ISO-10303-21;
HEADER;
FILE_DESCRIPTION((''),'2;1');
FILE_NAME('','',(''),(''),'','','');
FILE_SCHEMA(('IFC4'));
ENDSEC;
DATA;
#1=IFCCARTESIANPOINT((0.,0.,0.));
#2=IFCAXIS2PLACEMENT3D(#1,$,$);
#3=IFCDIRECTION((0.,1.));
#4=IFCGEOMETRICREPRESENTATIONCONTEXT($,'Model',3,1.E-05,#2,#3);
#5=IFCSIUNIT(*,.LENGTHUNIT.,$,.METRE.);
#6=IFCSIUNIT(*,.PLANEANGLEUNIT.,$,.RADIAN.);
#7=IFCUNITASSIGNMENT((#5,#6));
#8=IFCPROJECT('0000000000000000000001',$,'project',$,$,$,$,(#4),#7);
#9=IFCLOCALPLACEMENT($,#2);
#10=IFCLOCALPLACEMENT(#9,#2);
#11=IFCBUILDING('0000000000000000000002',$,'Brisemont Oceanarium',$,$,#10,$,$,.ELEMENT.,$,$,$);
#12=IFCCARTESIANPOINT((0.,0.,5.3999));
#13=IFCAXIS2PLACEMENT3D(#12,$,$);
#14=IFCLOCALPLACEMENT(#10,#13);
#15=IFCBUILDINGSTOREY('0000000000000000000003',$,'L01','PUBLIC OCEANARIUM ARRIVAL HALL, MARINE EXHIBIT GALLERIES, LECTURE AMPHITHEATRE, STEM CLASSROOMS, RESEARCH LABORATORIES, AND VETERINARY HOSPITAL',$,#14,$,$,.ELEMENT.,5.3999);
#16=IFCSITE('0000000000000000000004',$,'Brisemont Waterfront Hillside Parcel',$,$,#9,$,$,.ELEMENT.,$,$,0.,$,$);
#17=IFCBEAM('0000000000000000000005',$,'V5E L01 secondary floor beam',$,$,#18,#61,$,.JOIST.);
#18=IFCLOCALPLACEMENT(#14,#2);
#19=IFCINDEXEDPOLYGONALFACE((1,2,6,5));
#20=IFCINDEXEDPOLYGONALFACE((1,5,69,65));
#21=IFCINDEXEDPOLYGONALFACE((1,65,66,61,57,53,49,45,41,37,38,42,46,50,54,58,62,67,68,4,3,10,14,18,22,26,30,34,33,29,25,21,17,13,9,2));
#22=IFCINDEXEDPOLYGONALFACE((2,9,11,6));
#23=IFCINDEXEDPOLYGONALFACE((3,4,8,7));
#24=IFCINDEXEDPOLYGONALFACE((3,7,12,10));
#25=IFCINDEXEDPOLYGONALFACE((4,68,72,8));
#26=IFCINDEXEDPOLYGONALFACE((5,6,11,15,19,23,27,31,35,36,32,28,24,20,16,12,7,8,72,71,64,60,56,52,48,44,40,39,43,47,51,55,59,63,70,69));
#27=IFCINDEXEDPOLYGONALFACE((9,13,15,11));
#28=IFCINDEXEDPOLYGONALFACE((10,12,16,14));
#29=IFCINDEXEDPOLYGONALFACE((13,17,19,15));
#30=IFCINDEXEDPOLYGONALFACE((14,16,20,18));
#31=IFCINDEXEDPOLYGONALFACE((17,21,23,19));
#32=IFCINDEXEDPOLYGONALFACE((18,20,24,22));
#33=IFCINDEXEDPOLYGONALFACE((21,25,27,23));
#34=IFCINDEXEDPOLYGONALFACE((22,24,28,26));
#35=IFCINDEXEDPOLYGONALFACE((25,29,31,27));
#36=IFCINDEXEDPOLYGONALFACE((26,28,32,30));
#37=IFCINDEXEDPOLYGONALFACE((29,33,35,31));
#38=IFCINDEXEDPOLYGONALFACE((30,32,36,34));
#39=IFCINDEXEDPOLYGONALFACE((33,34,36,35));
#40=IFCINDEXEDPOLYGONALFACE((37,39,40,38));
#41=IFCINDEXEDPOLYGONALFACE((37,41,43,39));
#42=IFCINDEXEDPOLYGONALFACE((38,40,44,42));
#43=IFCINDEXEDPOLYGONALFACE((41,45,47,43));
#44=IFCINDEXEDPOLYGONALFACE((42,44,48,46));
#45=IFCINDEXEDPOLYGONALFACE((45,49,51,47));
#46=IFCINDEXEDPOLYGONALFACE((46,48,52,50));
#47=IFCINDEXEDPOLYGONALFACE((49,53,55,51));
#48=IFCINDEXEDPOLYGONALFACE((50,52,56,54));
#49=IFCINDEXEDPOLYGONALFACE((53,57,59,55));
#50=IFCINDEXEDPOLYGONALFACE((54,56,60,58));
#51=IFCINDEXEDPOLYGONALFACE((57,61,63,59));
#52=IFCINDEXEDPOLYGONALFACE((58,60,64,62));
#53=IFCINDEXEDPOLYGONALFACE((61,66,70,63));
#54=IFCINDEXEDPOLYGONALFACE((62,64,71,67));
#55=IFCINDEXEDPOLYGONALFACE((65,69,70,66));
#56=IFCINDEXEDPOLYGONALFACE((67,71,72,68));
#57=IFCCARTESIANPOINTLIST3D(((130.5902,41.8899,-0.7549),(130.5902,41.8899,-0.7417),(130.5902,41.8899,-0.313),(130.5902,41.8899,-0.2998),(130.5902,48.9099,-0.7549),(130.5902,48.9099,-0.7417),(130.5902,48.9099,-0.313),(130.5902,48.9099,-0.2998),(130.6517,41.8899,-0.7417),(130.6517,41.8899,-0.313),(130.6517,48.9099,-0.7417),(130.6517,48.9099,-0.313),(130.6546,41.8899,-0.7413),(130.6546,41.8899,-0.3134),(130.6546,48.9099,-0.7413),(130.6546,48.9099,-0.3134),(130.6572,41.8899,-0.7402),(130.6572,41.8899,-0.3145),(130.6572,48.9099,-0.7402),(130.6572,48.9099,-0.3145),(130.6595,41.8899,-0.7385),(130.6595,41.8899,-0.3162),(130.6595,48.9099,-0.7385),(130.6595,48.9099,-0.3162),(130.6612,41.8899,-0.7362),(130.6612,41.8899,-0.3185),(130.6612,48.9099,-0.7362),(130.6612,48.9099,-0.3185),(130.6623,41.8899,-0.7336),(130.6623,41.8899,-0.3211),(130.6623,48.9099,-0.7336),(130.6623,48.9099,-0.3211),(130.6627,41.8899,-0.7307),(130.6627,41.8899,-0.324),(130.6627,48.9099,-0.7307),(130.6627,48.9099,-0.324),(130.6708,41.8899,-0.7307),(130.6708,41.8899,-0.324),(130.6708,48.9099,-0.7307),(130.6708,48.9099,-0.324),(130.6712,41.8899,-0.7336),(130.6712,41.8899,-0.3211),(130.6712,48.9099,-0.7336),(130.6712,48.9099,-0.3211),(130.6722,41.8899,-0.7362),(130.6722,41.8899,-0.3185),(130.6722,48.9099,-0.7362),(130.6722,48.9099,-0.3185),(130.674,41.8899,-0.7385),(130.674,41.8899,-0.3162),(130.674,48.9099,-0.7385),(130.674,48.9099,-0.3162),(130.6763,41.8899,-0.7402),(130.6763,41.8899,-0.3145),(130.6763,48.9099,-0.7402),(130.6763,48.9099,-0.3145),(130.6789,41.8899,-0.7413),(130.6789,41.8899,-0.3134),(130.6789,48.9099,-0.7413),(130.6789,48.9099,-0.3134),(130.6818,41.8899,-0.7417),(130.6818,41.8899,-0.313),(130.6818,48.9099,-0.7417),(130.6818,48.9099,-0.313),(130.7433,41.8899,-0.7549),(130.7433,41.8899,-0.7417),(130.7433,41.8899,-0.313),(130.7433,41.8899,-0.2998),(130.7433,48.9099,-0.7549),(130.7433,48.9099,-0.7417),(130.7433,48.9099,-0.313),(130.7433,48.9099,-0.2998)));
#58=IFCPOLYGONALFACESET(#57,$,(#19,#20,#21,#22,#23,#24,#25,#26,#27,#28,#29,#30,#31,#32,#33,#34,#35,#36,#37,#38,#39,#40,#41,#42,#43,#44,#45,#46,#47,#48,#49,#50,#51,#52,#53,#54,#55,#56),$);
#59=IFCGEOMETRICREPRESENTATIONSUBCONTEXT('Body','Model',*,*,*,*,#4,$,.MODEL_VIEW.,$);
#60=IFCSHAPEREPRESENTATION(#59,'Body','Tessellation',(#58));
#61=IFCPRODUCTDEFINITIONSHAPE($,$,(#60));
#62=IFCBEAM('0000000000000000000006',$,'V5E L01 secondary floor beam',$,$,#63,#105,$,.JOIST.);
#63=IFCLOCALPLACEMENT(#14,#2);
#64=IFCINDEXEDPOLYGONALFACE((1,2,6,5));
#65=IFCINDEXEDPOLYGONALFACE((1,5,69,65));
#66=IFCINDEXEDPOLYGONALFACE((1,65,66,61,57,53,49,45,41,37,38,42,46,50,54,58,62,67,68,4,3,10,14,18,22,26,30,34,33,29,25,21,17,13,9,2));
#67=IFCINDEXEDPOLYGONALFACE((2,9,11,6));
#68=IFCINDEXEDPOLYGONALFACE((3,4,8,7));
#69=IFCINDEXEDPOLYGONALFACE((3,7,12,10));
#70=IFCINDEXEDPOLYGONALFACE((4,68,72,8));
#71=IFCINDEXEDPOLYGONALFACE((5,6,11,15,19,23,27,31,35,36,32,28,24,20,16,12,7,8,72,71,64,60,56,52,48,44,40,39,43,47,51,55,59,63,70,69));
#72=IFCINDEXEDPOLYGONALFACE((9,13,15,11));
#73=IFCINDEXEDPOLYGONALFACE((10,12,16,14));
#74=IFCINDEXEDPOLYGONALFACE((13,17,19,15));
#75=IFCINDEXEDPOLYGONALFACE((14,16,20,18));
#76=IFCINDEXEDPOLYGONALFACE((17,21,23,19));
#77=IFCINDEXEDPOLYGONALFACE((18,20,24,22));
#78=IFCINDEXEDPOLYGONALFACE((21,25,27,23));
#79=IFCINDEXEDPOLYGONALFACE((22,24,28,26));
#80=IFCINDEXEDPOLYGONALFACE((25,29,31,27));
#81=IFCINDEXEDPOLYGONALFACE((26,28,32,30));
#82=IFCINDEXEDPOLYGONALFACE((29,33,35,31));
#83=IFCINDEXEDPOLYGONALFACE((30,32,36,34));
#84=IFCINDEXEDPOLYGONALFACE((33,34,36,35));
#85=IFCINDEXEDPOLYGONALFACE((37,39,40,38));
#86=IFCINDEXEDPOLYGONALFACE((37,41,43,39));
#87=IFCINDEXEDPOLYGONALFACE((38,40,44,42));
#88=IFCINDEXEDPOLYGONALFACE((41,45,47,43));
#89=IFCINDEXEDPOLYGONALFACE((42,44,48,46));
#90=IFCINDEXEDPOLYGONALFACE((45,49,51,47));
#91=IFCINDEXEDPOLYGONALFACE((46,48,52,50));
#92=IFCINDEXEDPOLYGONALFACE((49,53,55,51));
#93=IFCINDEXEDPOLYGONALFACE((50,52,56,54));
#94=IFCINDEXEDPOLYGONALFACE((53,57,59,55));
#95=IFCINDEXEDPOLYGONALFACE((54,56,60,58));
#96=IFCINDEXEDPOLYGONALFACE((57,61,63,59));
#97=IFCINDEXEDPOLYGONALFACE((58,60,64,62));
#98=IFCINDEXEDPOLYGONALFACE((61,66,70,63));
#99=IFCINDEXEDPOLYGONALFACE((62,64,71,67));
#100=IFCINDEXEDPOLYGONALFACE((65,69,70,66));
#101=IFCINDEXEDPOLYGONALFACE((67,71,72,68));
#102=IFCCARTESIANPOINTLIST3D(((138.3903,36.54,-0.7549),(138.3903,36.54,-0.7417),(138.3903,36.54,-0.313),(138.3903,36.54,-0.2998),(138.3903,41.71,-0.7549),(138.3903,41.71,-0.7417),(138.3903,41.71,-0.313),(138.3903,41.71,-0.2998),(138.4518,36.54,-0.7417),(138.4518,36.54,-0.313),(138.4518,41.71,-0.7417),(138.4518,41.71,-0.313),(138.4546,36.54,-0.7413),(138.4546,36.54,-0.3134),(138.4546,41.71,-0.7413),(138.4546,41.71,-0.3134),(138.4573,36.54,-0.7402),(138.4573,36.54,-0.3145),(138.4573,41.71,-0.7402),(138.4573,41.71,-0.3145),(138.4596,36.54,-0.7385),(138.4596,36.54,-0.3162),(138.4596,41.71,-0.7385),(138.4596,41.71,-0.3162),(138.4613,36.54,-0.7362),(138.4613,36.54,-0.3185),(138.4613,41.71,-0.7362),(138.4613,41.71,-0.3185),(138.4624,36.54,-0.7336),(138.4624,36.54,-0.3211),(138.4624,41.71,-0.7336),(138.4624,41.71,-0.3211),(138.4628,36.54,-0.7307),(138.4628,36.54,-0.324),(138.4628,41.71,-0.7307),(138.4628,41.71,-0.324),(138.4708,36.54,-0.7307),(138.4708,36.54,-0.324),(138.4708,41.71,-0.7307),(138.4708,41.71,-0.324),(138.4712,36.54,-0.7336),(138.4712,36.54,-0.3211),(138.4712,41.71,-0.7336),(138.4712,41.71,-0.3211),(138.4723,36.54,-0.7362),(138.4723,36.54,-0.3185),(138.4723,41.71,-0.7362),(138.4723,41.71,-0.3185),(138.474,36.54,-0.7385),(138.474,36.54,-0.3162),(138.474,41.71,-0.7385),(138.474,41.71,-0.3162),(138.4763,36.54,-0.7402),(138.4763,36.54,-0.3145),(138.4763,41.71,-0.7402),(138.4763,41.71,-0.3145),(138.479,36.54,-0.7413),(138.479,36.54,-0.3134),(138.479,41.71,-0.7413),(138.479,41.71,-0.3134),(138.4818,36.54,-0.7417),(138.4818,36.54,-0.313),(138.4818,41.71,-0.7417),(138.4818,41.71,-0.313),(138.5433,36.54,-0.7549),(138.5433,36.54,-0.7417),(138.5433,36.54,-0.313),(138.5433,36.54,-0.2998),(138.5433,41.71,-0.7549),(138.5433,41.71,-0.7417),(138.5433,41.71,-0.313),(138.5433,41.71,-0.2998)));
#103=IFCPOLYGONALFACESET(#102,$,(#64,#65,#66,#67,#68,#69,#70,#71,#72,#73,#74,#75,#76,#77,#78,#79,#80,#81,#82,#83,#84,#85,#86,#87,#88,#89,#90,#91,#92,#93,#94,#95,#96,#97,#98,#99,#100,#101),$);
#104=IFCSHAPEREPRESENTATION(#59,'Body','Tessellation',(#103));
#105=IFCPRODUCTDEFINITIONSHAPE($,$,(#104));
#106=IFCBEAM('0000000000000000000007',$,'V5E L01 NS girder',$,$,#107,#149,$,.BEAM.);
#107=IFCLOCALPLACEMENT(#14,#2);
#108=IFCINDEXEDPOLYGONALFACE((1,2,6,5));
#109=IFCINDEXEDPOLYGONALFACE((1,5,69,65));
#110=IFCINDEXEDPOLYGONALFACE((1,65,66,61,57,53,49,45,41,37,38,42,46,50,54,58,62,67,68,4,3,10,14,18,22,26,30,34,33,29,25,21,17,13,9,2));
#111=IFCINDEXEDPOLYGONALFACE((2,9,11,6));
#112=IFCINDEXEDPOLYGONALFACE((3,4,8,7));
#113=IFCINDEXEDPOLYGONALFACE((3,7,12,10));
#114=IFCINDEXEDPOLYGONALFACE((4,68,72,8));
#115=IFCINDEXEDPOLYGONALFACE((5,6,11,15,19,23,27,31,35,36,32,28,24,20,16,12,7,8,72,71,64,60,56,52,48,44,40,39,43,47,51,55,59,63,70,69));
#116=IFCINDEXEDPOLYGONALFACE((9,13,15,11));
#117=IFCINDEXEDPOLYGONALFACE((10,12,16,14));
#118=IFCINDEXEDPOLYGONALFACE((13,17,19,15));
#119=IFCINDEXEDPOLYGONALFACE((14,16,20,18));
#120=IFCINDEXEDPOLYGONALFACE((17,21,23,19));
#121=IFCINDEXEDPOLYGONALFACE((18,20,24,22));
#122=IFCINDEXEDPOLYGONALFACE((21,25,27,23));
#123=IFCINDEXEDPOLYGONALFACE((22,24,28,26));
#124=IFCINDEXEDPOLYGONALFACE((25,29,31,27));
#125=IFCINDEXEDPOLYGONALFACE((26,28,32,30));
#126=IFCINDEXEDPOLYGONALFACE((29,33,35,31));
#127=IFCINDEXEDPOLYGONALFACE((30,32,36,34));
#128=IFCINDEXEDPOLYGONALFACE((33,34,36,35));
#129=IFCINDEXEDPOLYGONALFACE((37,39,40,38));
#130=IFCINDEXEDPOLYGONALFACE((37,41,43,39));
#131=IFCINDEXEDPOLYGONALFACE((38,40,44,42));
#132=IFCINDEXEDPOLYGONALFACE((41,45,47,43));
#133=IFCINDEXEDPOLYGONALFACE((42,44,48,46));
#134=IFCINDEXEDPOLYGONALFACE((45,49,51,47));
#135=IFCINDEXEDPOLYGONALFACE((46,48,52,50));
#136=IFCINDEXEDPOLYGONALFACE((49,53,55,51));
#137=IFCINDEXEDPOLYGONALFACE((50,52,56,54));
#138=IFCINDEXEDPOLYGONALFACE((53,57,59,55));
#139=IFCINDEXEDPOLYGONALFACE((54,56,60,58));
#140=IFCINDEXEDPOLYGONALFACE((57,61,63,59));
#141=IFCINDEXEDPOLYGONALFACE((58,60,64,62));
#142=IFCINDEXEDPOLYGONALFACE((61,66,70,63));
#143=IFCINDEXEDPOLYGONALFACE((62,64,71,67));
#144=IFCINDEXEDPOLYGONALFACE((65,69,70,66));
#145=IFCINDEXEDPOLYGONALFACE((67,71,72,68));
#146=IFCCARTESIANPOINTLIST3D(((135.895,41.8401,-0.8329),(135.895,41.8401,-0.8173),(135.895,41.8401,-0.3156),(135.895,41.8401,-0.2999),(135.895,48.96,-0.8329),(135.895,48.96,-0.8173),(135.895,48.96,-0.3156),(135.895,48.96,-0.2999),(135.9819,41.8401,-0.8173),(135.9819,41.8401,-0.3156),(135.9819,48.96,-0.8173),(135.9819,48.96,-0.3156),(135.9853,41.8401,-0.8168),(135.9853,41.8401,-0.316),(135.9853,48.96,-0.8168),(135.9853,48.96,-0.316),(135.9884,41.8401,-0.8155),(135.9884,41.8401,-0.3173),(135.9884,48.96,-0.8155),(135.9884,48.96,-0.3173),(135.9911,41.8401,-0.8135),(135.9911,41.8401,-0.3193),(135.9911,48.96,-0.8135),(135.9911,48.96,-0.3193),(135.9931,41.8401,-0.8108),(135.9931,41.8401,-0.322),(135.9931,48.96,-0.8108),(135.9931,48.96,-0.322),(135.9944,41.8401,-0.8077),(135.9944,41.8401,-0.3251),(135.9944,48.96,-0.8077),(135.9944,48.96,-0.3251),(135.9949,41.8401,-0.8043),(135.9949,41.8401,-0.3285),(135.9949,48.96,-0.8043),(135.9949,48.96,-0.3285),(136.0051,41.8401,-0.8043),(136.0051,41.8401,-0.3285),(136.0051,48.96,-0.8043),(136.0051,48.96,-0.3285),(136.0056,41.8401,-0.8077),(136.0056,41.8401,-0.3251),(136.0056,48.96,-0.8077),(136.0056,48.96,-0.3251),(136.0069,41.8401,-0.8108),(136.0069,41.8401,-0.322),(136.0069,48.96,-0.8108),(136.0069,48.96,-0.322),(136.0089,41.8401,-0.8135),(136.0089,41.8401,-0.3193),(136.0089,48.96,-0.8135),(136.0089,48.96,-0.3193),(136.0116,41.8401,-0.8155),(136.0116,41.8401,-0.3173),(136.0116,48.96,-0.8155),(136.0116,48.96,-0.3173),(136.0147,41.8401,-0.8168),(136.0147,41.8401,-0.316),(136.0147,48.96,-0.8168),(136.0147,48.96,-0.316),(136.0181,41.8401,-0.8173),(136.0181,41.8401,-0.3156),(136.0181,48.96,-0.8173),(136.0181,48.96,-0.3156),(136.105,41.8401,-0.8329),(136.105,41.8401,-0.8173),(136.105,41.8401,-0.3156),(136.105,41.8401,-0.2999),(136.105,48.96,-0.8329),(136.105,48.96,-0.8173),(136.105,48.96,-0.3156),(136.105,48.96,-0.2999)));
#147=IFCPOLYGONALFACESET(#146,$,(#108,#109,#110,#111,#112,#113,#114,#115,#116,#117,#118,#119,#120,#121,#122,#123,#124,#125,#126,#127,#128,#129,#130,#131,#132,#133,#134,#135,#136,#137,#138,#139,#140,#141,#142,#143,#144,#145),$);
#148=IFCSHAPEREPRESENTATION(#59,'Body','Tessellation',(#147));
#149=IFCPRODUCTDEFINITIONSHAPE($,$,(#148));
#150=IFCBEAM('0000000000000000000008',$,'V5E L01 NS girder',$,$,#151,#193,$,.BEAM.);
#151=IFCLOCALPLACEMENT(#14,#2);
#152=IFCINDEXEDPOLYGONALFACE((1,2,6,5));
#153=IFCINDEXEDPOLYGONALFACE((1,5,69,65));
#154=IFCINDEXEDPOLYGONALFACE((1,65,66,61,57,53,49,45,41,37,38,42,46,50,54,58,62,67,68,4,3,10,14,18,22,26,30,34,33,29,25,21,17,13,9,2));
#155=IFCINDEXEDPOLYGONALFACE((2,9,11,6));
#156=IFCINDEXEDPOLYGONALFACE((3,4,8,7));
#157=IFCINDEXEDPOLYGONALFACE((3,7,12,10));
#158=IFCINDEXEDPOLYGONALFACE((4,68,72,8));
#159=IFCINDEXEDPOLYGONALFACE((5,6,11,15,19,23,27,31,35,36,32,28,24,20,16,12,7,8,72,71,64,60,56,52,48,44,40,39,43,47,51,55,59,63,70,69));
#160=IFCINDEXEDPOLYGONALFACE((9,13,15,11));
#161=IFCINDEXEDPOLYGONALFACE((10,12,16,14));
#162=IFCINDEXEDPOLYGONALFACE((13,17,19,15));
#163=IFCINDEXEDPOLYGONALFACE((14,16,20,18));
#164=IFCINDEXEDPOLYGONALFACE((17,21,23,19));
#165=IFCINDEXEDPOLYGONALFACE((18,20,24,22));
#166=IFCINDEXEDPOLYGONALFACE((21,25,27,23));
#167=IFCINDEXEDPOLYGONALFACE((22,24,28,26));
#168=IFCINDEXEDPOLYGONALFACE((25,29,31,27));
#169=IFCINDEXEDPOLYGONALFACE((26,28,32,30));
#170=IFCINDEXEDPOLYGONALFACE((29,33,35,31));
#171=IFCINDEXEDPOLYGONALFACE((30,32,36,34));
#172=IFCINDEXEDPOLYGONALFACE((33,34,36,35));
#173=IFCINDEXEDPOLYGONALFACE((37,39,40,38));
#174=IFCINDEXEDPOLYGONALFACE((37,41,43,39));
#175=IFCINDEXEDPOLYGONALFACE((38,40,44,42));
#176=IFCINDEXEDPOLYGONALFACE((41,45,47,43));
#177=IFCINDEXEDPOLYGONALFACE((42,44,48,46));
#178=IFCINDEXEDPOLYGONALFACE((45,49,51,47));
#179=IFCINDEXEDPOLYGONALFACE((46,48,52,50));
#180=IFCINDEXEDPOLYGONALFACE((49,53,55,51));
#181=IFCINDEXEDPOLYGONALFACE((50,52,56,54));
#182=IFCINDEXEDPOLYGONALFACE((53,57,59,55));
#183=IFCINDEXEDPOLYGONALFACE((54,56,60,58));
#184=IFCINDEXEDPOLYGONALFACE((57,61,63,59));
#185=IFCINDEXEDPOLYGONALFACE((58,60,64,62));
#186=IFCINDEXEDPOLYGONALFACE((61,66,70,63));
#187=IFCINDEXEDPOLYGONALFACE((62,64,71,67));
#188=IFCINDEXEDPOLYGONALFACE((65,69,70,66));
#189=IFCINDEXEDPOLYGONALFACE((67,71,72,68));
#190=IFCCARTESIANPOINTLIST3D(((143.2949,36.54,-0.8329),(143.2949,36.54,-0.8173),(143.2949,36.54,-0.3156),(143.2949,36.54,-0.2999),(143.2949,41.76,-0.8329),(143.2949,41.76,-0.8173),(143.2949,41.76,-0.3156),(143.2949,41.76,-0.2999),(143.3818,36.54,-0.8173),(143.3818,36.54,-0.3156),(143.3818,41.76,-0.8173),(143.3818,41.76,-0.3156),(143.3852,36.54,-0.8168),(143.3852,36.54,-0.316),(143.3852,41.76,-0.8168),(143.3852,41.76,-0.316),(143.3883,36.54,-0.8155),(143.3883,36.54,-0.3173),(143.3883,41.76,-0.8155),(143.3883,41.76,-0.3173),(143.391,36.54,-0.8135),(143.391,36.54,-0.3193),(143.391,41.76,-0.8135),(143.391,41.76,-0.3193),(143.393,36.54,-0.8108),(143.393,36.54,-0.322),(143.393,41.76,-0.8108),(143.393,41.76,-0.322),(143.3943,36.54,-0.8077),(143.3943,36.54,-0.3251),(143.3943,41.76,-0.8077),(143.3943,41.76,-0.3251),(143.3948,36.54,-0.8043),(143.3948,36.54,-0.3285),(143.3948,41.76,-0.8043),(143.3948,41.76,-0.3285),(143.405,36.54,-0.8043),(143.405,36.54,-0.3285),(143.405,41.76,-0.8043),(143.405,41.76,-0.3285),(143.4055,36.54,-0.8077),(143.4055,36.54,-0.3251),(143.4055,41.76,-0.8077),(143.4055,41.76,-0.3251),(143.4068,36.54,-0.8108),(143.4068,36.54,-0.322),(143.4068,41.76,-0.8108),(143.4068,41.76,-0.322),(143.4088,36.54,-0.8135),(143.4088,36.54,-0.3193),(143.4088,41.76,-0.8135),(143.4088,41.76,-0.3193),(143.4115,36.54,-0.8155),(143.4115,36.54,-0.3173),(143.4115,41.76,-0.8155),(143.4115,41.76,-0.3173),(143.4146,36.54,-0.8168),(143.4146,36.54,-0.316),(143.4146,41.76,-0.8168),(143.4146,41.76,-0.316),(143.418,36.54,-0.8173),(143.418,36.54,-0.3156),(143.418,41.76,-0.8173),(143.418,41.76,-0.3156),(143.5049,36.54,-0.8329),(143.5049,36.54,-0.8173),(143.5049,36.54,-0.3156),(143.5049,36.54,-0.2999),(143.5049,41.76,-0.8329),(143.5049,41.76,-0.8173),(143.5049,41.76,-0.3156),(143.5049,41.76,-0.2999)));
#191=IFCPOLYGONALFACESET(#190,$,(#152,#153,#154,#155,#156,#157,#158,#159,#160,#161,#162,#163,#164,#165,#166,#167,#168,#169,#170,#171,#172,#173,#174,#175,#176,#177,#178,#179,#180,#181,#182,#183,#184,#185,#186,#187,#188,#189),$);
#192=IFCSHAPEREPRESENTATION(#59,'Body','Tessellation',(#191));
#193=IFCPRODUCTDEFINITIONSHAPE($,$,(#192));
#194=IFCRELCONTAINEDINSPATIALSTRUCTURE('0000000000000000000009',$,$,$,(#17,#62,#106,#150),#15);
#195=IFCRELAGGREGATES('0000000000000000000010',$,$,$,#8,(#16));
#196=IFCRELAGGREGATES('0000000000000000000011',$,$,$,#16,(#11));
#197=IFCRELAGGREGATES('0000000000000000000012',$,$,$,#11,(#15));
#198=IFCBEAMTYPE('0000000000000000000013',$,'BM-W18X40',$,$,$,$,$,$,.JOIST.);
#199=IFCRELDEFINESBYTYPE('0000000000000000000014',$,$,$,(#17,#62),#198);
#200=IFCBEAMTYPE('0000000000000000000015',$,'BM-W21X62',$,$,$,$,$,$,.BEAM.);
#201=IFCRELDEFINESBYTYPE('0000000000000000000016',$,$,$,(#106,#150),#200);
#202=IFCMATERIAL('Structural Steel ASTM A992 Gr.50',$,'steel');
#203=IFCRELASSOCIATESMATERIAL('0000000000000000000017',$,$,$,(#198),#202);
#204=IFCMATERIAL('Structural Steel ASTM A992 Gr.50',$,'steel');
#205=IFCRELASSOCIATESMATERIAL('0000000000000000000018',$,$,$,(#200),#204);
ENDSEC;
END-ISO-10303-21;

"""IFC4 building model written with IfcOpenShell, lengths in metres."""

from ifc_helpers import new_model, si_unit, direction, frame, origin, origin_2d, place, context, subcontext, project, spatial, i_section, extrude, material, material_profile, profile_set, type_object, element, save


model = new_model("IFC4")

# Units and contexts
model_context = context("Model", 3, precision=1e-05, world=origin(), true_north=direction((0.0, 1.0)))
body_context = subcontext(model_context, "Body", "Model", "MODEL_VIEW")
ifc_project = project(units=[si_unit("LENGTHUNIT", "METRE"), si_unit("PLANEANGLEUNIT", "RADIAN")], contexts=[model_context])

# Site, building, storey
site_placement = place(None, origin())
site = spatial("IfcSite", under=ifc_project, at=site_placement, Name="Brisemont Waterfront Hillside Parcel", CompositionType="ELEMENT", RefElevation=0.0)
building_placement = place(site_placement, origin())
building = spatial("IfcBuilding", under=site, at=building_placement, Name="Brisemont Oceanarium", CompositionType="ELEMENT")
storey_placement = place(building_placement, frame((0.0, 0.0, 5.3999)))
storey = spatial("IfcBuildingStorey", under=building, at=storey_placement, Name="L01", Description="PUBLIC OCEANARIUM ARRIVAL HALL, MARINE EXHIBIT GALLERIES, LECTURE AMPHITHEATRE, STEM CLASSROOMS, RESEARCH LABORATORIES, AND VETERINARY HOSPITAL", CompositionType="ELEMENT", Elevation=5.3999)

# Beams
ifc_material_1 = material(Name="Structural Steel ASTM A992 Gr.50", Category="steel")
ifc_material_profile_1 = material_profile(ifc_material_1, i_section(OverallWidth=0.1531, OverallDepth=0.4551, WebThickness=0.0081, FlangeThickness=0.0132, FilletRadius=0.011, at=origin_2d()), Name="W18X40")
ifc_profile_set_1 = profile_set([ifc_material_profile_1], Name="Structural Steel ASTM A992 Gr.50")
beam_type_1 = type_object("IfcBeamType", Name="BM-W18X40", PredefinedType="JOIST", material=ifc_profile_set_1)
beam_1_placement = place(storey_placement, frame((130.6667, 41.8899, -0.5273), z_axis=(0.0, 1.0, 0.0), x_axis=(-1.0, 0.0, 0.0)))
element("IfcBeam", 1, at=beam_1_placement, inside=storey, type_object=beam_type_1, Name="V5E L01 secondary floor beam", PredefinedType="JOIST", context=body_context, shape_type="SweptSolid", body=[
    extrude(i_section(OverallWidth=0.1531, OverallDepth=0.4551, WebThickness=0.0081, FlangeThickness=0.0132, FilletRadius=0.011, at=origin_2d()), origin(), (0.0, 0.0, 1.0), 7.02),
])
beam_2_placement = place(storey_placement, frame((138.4668, 36.54, -0.5273), z_axis=(0.0, 1.0, 0.0), x_axis=(-1.0, 0.0, 0.0)))
element("IfcBeam", 2, at=beam_2_placement, inside=storey, type_object=beam_type_1, Name="V5E L01 secondary floor beam", PredefinedType="JOIST", context=body_context, shape_type="SweptSolid", body=[
    extrude(i_section(OverallWidth=0.1531, OverallDepth=0.4551, WebThickness=0.0081, FlangeThickness=0.0132, FilletRadius=0.011, at=origin_2d()), origin(), (0.0, 0.0, 1.0), 5.1699),
])
ifc_material_2 = material(Name="Structural Steel ASTM A992 Gr.50", Category="steel")
ifc_material_profile_2 = material_profile(ifc_material_2, i_section(OverallWidth=0.21, OverallDepth=0.533, WebThickness=0.0103, FlangeThickness=0.0156, FilletRadius=0.0129, at=origin_2d()), Name="W21X62")
ifc_profile_set_2 = profile_set([ifc_material_profile_2], Name="Structural Steel ASTM A992 Gr.50")
beam_type_2 = type_object("IfcBeamType", Name="BM-W21X62", PredefinedType="BEAM", material=ifc_profile_set_2)
beam_3_placement = place(storey_placement, frame((136.0, 41.8401, -0.5664), z_axis=(0.0, 1.0, 0.0), x_axis=(-1.0, 0.0, 0.0)))
element("IfcBeam", 3, at=beam_3_placement, inside=storey, type_object=beam_type_2, Name="V5E L01 NS girder", PredefinedType="BEAM", context=body_context, shape_type="SweptSolid", body=[
    extrude(i_section(OverallWidth=0.21, OverallDepth=0.533, WebThickness=0.0103, FlangeThickness=0.0156, FilletRadius=0.0129, at=origin_2d()), origin(), (0.0, 0.0, 1.0), 7.1199),
])
beam_4_placement = place(storey_placement, frame((143.3999, 36.54, -0.5664), z_axis=(0.0, 1.0, 0.0), x_axis=(-1.0, 0.0, 0.0)))
element("IfcBeam", 4, at=beam_4_placement, inside=storey, type_object=beam_type_2, Name="V5E L01 NS girder", PredefinedType="BEAM", context=body_context, shape_type="SweptSolid", body=[
    extrude(i_section(OverallWidth=0.21, OverallDepth=0.533, WebThickness=0.0103, FlangeThickness=0.0156, FilletRadius=0.0129, at=origin_2d()), origin(), (0.0, 0.0, 1.0), 5.22),
])

save(model, "model.ifc")
